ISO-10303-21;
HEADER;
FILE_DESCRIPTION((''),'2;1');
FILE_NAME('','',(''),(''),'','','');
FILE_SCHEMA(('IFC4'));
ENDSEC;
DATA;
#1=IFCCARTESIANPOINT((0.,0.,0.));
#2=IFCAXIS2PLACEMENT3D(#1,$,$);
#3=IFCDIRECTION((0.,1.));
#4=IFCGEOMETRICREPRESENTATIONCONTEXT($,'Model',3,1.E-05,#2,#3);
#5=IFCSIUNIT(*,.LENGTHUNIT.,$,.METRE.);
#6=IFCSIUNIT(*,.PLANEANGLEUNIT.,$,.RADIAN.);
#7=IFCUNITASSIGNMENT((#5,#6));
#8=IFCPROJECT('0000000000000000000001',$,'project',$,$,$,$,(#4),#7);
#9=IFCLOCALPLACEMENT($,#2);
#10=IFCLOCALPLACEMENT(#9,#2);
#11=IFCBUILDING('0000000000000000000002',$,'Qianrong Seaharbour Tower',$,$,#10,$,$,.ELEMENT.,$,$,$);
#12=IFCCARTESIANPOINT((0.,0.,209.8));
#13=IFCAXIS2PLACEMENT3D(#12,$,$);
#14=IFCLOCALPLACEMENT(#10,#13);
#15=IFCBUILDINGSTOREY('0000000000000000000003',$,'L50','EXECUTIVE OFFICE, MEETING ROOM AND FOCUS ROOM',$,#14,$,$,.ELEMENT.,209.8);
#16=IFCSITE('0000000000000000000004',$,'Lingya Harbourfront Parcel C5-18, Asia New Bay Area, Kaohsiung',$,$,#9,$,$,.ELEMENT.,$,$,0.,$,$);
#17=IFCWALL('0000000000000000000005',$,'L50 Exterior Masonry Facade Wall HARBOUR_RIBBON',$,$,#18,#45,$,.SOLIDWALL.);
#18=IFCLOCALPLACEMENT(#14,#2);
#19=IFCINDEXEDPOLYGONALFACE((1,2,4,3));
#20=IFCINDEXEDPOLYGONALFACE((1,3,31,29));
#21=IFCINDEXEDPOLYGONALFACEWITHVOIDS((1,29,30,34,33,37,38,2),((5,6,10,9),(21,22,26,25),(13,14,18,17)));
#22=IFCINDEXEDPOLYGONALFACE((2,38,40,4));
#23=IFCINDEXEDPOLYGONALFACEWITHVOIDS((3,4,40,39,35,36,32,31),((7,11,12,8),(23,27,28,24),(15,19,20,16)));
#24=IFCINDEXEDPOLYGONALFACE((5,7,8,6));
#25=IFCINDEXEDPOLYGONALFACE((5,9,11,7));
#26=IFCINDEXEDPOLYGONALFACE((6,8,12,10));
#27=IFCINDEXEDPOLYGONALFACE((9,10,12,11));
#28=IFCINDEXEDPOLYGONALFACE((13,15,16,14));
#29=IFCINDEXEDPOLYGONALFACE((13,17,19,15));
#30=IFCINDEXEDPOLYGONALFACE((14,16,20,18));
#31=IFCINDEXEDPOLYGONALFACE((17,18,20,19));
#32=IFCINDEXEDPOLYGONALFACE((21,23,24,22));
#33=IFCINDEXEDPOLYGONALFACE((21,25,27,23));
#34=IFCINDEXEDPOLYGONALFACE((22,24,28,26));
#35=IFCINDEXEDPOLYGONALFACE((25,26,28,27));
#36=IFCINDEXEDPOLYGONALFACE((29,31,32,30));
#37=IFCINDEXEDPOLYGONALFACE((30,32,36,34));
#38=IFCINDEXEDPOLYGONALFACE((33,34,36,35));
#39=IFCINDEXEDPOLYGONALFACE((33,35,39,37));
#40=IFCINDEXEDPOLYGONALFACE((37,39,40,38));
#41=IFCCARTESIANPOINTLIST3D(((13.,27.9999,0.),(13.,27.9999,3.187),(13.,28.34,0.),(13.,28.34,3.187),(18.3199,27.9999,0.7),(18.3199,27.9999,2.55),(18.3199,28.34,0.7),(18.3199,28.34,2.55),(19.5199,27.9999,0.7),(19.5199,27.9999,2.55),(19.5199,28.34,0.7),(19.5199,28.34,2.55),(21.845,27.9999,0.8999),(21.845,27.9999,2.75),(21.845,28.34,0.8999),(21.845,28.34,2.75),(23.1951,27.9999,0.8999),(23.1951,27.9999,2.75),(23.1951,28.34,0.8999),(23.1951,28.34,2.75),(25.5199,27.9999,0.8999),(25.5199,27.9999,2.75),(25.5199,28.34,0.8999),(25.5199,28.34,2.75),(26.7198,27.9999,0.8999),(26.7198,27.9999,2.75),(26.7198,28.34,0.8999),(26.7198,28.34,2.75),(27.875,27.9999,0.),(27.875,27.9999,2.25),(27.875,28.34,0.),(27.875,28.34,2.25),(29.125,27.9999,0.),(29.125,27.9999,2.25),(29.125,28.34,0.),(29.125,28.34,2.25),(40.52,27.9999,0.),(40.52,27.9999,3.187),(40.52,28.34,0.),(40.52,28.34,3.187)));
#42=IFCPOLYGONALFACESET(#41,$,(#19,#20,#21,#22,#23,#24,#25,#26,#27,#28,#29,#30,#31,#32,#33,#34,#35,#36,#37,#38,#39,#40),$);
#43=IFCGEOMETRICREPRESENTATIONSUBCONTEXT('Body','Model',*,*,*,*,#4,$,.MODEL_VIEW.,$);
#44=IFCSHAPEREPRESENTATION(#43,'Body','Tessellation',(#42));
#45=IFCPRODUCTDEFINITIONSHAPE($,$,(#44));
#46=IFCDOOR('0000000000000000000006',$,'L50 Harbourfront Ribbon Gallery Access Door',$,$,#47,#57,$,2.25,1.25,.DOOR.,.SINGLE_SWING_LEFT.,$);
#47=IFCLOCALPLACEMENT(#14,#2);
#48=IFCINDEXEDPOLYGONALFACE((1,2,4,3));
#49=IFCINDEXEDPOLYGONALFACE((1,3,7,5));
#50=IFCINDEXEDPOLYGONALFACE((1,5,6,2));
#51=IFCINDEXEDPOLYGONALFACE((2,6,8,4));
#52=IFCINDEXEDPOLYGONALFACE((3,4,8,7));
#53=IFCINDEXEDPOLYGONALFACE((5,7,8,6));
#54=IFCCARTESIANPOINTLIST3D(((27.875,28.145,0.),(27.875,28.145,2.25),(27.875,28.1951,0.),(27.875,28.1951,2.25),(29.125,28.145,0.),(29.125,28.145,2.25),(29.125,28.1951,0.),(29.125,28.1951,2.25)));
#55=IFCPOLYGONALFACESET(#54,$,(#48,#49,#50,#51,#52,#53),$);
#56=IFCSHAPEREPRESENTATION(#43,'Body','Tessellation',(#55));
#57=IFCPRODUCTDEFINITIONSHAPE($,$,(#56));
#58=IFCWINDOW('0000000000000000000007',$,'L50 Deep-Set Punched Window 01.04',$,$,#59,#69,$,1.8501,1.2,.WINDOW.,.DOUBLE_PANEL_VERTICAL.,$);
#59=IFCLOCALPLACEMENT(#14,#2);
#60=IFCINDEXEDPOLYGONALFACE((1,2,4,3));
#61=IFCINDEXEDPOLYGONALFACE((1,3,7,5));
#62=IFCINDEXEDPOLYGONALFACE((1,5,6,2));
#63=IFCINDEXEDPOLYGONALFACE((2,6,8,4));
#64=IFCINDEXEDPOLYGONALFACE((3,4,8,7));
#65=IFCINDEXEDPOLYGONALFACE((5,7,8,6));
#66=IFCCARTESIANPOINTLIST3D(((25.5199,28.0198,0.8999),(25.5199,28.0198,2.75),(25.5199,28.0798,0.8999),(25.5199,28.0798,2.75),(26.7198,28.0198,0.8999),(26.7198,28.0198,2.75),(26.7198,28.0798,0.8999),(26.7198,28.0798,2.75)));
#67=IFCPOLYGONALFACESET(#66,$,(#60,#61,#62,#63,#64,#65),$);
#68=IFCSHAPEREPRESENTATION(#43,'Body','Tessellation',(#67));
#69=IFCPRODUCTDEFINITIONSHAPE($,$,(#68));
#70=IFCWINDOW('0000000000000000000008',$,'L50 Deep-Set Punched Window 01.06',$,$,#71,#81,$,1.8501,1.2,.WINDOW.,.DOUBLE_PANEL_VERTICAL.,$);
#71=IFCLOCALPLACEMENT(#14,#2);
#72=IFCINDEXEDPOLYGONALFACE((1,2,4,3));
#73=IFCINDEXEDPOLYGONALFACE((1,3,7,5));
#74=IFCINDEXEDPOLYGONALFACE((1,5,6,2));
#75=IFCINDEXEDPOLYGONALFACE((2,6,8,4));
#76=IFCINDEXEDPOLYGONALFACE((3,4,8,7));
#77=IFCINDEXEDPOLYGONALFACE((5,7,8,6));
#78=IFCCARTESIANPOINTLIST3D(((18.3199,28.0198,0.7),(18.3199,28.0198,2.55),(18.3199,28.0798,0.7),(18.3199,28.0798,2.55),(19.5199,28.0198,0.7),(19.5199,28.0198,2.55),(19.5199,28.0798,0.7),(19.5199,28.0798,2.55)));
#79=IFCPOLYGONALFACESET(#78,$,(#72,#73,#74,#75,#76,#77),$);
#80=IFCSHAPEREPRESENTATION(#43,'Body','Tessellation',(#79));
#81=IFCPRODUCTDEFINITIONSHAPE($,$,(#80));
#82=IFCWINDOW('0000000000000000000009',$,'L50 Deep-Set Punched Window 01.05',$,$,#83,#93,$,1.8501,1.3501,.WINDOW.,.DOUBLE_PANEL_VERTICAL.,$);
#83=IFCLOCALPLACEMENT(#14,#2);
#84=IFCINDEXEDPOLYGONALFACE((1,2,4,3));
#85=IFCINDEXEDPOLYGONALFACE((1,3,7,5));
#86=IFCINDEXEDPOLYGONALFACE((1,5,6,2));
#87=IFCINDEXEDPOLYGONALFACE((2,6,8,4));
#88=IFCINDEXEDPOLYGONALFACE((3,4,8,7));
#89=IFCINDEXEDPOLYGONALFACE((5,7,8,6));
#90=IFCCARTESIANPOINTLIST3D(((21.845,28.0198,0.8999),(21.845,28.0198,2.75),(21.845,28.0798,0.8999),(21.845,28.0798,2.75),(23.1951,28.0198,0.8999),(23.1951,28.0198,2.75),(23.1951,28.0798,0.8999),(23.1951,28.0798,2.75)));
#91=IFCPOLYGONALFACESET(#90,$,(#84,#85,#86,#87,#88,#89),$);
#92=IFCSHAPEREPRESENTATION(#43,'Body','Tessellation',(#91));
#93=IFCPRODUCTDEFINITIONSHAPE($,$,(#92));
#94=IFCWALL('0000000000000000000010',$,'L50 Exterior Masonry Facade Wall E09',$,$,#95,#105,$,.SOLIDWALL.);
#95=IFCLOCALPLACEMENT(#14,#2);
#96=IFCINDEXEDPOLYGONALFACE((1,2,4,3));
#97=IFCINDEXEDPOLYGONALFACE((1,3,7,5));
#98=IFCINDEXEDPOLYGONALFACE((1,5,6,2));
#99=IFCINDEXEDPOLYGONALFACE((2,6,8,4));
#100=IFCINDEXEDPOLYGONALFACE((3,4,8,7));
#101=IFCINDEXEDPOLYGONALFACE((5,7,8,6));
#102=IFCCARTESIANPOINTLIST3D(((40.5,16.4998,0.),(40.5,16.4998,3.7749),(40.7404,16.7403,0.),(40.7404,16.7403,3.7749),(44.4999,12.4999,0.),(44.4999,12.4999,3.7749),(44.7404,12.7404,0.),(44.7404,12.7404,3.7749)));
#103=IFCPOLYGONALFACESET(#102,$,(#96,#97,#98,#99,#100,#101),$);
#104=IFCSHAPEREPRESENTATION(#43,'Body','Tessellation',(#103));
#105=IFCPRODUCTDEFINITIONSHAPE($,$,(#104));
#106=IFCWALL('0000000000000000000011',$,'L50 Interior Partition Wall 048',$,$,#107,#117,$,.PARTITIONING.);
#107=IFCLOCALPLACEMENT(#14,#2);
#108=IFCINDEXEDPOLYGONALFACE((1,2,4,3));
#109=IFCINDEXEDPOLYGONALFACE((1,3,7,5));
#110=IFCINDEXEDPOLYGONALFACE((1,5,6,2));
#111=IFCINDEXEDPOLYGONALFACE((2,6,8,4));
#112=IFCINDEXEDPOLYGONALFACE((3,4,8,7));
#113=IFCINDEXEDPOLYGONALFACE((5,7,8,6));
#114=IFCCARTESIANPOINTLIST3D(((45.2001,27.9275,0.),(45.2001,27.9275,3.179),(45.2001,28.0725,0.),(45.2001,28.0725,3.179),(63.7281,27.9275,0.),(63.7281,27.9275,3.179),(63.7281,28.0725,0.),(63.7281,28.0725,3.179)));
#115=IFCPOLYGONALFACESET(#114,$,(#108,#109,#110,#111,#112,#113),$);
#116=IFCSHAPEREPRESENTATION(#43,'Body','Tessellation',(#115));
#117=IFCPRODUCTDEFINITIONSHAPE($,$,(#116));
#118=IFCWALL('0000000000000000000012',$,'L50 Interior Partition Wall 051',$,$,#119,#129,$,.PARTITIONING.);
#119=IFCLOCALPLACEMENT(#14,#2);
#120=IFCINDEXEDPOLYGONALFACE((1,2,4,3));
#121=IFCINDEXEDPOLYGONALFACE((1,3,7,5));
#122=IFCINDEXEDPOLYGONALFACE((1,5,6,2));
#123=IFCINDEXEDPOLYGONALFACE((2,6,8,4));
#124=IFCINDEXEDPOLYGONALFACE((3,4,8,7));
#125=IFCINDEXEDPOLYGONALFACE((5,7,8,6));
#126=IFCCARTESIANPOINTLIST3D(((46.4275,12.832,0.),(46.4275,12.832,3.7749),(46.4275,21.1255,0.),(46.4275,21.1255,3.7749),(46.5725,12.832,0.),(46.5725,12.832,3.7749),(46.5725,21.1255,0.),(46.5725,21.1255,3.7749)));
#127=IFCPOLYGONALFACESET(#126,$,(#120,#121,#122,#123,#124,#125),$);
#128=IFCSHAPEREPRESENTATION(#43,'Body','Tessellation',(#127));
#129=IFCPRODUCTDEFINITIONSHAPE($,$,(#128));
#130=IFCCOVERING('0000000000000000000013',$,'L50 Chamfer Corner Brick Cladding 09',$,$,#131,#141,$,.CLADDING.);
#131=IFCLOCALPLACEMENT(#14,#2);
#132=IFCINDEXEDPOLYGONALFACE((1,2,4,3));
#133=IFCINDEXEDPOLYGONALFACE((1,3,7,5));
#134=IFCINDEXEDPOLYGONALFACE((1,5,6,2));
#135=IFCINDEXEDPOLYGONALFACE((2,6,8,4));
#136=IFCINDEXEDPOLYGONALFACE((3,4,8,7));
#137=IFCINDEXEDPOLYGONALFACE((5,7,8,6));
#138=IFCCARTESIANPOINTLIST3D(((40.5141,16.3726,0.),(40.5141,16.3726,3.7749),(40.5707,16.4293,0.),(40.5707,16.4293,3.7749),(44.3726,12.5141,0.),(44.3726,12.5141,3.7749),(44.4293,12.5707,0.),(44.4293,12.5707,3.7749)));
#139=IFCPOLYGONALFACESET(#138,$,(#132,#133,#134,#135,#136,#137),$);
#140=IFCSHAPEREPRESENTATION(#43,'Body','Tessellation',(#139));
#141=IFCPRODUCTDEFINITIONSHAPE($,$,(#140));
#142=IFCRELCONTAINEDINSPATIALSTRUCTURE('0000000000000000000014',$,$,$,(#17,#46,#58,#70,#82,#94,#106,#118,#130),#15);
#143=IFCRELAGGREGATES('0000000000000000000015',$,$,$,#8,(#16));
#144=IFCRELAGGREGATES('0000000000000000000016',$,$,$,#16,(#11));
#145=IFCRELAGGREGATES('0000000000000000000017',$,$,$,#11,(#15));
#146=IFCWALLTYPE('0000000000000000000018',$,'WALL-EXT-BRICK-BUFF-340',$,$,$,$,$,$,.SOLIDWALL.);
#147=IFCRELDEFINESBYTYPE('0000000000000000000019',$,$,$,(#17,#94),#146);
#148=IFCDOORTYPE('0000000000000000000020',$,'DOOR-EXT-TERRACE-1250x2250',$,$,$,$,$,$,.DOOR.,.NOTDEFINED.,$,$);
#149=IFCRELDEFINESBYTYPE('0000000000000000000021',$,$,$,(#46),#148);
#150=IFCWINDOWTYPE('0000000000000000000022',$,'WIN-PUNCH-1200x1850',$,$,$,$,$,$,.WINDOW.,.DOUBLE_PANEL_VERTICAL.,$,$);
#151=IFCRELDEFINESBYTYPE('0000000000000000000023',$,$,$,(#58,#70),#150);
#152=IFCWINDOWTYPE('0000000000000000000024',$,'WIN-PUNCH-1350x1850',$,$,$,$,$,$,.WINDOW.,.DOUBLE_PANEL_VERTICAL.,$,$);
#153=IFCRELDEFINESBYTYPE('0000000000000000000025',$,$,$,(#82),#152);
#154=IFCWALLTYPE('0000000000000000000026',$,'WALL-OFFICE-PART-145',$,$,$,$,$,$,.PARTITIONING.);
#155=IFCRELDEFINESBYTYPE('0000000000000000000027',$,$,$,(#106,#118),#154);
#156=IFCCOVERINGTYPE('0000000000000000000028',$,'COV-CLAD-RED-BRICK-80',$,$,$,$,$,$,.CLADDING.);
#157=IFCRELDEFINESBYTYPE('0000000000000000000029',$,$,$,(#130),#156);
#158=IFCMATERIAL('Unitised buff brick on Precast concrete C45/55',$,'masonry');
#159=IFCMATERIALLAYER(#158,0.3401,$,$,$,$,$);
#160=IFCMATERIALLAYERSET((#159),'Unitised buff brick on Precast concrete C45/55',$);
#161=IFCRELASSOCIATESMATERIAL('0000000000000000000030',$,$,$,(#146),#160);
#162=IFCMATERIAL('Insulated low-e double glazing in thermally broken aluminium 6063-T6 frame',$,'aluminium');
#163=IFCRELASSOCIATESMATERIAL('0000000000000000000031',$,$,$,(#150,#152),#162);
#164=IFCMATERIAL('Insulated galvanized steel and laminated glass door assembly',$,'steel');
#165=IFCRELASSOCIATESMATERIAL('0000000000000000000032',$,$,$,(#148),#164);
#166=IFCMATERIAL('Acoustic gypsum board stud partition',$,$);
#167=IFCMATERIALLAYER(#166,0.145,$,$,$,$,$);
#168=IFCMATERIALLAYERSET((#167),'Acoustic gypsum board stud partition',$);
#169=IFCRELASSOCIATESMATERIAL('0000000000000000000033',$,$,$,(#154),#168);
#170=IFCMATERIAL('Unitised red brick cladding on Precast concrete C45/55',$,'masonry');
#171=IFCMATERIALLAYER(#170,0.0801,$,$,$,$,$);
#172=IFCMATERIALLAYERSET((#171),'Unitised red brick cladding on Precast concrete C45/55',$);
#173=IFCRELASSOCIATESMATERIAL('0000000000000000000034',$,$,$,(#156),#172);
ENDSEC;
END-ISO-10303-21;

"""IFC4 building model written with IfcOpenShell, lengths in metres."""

from ifc_helpers import new_model, si_unit, direction, frame, frame_2d, origin, origin_2d, place, context, subcontext, project, spatial, rectangle, extrude, material, layer, layer_set, type_object, element, fill, save


model = new_model("IFC4")

# Units and contexts
model_context = context("Model", 3, precision=1e-05, world=origin(), true_north=direction((0.0, 1.0)))
body_context = subcontext(model_context, "Body", "Model", "MODEL_VIEW")
ifc_project = project(units=[si_unit("LENGTHUNIT", "METRE"), si_unit("PLANEANGLEUNIT", "RADIAN")], contexts=[model_context])

# Site, building, storey
site_placement = place(None, origin())
site = spatial("IfcSite", under=ifc_project, at=site_placement, Name="Lingya Harbourfront Parcel C5-18, Asia New Bay Area, Kaohsiung", CompositionType="ELEMENT", RefElevation=0.0)
building_placement = place(site_placement, origin())
building = spatial("IfcBuilding", under=site, at=building_placement, Name="Qianrong Seaharbour Tower", CompositionType="ELEMENT")
storey_placement = place(building_placement, frame((0.0, 0.0, 209.8)))
storey = spatial("IfcBuildingStorey", under=building, at=storey_placement, Name="L50", Description="EXECUTIVE OFFICE, MEETING ROOM AND FOCUS ROOM", CompositionType="ELEMENT", Elevation=209.8)

# Shared definitions
ifc_material_1 = material(Name="Unitised buff brick on Precast concrete C45/55", Category="masonry")
ifc_layer_1 = layer(ifc_material_1, 0.3401)
ifc_layer_set_1 = layer_set([ifc_layer_1], Name="Unitised buff brick on Precast concrete C45/55")
wall_type_1 = type_object("IfcWallType", Name="WALL-EXT-BRICK-BUFF-340", PredefinedType="SOLIDWALL", material=ifc_layer_set_1)
ifc_material_2 = material(Name="Insulated low-e double glazing in thermally broken aluminium 6063-T6 frame", Category="aluminium")
window_type_1 = type_object("IfcWindowType", Name="WIN-PUNCH-1200x1850", PartitioningType="DOUBLE_PANEL_VERTICAL", PredefinedType="WINDOW", material=ifc_material_2)

# Wall, openings, door, windows
wall_1_placement = place(storey_placement, frame((40.52, 28.1699, 0.0), z_axis=(0.0, 0.0, 1.0), x_axis=(-1.0, 0.0, 0.0)))
wall_1 = element("IfcWall", 1, at=wall_1_placement, inside=storey, type_object=wall_type_1, Name="L50 Exterior Masonry Facade Wall HARBOUR_RIBBON", PredefinedType="SOLIDWALL", context=body_context, shape_type="SweptSolid", body=[
    extrude(rectangle(XDim=27.52, YDim=0.3401, at=frame_2d((13.76, 0.0))), origin(), (0.0, 0.0, 1.0), 3.187),
])
opening_1_placement = place(wall_1_placement, frame((13.8, 0.0, 0.8999)))
opening_1 = element("IfcOpeningElement", 2, at=opening_1_placement, cuts=wall_1, PredefinedType="OPENING", context=body_context, shape_type="SweptSolid", body=[
    extrude(rectangle(XDim=1.2, YDim=1.8501, at=frame_2d((0.6001, 0.925))), frame((0.0, 0.1802, 0.0), z_axis=(0.0, -1.0, 0.0), x_axis=(1.0, 0.0, 0.0)), (0.0, 0.0, 1.0), 0.3601),
])
opening_2_placement = place(wall_1_placement, frame((17.325, 0.0, 0.8999)))
opening_2 = element("IfcOpeningElement", 3, at=opening_2_placement, cuts=wall_1, PredefinedType="OPENING", context=body_context, shape_type="SweptSolid", body=[
    extrude(rectangle(XDim=1.3501, YDim=1.8501, at=frame_2d((0.675, 0.925))), frame((0.0, 0.1802, 0.0), z_axis=(0.0, -1.0, 0.0), x_axis=(1.0, 0.0, 0.0)), (0.0, 0.0, 1.0), 0.3601),
])
opening_3_placement = place(wall_1_placement, frame((21.0, 0.0, 0.7)))
opening_3 = element("IfcOpeningElement", 4, at=opening_3_placement, cuts=wall_1, PredefinedType="OPENING", context=body_context, shape_type="SweptSolid", body=[
    extrude(rectangle(XDim=1.2, YDim=1.8501, at=frame_2d((0.6001, 0.925))), frame((0.0, 0.1802, 0.0), z_axis=(0.0, -1.0, 0.0), x_axis=(1.0, 0.0, 0.0)), (0.0, 0.0, 1.0), 0.3601),
])
opening_4_placement = place(wall_1_placement, frame((11.395, 0.0, 0.0)))
opening_4 = element("IfcOpeningElement", 5, at=opening_4_placement, cuts=wall_1, PredefinedType="OPENING", context=body_context, shape_type="SweptSolid", body=[
    extrude(rectangle(XDim=1.25, YDim=2.25, at=frame_2d((0.625, 1.125))), frame((0.0, 0.1802, 0.0), z_axis=(0.0, -1.0, 0.0), x_axis=(1.0, 0.0, 0.0)), (0.0, 0.0, 1.0), 0.3601),
])
ifc_material_3 = material(Name="Insulated galvanized steel and laminated glass door assembly", Category="steel")
door_type_1 = type_object("IfcDoorType", Name="DOOR-EXT-TERRACE-1250x2250", OperationType="NOTDEFINED", PredefinedType="DOOR", material=ifc_material_3)
door_1_placement = place(opening_4_placement, origin())
door_1 = element("IfcDoor", 6, at=door_1_placement, inside=storey, type_object=door_type_1, Name="L50 Harbourfront Ribbon Gallery Access Door", OperationType="SINGLE_SWING_LEFT", OverallHeight=2.25, OverallWidth=1.25, PredefinedType="DOOR", context=body_context, shape_type="SweptSolid", body=[
    extrude(rectangle(XDim=1.25, YDim=2.25, at=frame_2d((0.625, 1.125))), frame((0.0, 0.0249, 0.0), z_axis=(0.0, -1.0, 0.0), x_axis=(1.0, 0.0, 0.0)), (0.0, 0.0, 1.0), 0.05),
])
fill(opening_4, door_1)
window_1_placement = place(opening_1_placement, origin())
window_1 = element("IfcWindow", 7, at=window_1_placement, inside=storey, type_object=window_type_1, Name="L50 Deep-Set Punched Window 01.04", OverallHeight=1.8501, OverallWidth=1.2, PartitioningType="DOUBLE_PANEL_VERTICAL", PredefinedType="WINDOW", context=body_context, shape_type="SweptSolid", body=[
    extrude(rectangle(XDim=1.2, YDim=1.8501, at=frame_2d((0.6001, 0.925))), frame((0.0, 0.1501, 0.0), z_axis=(0.0, -1.0, 0.0), x_axis=(1.0, 0.0, 0.0)), (0.0, 0.0, 1.0), 0.0601),
])
fill(opening_1, window_1)
window_2_placement = place(opening_3_placement, origin())
window_2 = element("IfcWindow", 8, at=window_2_placement, inside=storey, type_object=window_type_1, Name="L50 Deep-Set Punched Window 01.06", OverallHeight=1.8501, OverallWidth=1.2, PartitioningType="DOUBLE_PANEL_VERTICAL", PredefinedType="WINDOW", context=body_context, shape_type="SweptSolid", body=[
    extrude(rectangle(XDim=1.2, YDim=1.8501, at=frame_2d((0.6001, 0.925))), frame((0.0, 0.1501, 0.0), z_axis=(0.0, -1.0, 0.0), x_axis=(1.0, 0.0, 0.0)), (0.0, 0.0, 1.0), 0.0601),
])
fill(opening_3, window_2)
window_type_2 = type_object("IfcWindowType", Name="WIN-PUNCH-1350x1850", PartitioningType="DOUBLE_PANEL_VERTICAL", PredefinedType="WINDOW", material=ifc_material_2)
window_3_placement = place(opening_2_placement, origin())
window_3 = element("IfcWindow", 9, at=window_3_placement, inside=storey, type_object=window_type_2, Name="L50 Deep-Set Punched Window 01.05", OverallHeight=1.8501, OverallWidth=1.3501, PartitioningType="DOUBLE_PANEL_VERTICAL", PredefinedType="WINDOW", context=body_context, shape_type="SweptSolid", body=[
    extrude(rectangle(XDim=1.3501, YDim=1.8501, at=frame_2d((0.675, 0.925))), frame((0.0, 0.1501, 0.0), z_axis=(0.0, -1.0, 0.0), x_axis=(1.0, 0.0, 0.0)), (0.0, 0.0, 1.0), 0.0601),
])
fill(opening_2, window_3)

# Walls
wall_2_placement = place(storey_placement, frame((44.6201, 12.6201, 0.0), z_axis=(0.0, 0.0, 1.0), x_axis=(-0.707107, 0.707107, 0.0)))
element("IfcWall", 10, at=wall_2_placement, inside=storey, type_object=wall_type_1, Name="L50 Exterior Masonry Facade Wall E09", PredefinedType="SOLIDWALL", context=body_context, shape_type="SweptSolid", body=[
    extrude(rectangle(XDim=5.6567, YDim=0.3401, at=frame_2d((2.8284, 0.0))), origin(), (0.0, 0.0, 1.0), 3.7749),
])
ifc_material_4 = material(Name="Acoustic gypsum board stud partition")
ifc_layer_2 = layer(ifc_material_4, 0.145)
ifc_layer_set_2 = layer_set([ifc_layer_2], Name="Acoustic gypsum board stud partition")
wall_type_2 = type_object("IfcWallType", Name="WALL-OFFICE-PART-145", PredefinedType="PARTITIONING", material=ifc_layer_set_2)
wall_3_placement = place(storey_placement, frame((45.2, 28.0, 0.0), z_axis=(0.0, 0.0, 1.0), x_axis=(1.0, 0.0, 0.0)))
element("IfcWall", 11, at=wall_3_placement, inside=storey, type_object=wall_type_2, Name="L50 Interior Partition Wall 048", PredefinedType="PARTITIONING", context=body_context, shape_type="SweptSolid", body=[
    extrude(rectangle(XDim=18.5281, YDim=0.145, at=frame_2d((9.2642, 0.0))), origin(), (0.0, 0.0, 1.0), 3.179),
])
wall_4_placement = place(storey_placement, frame((46.5, 21.1255, 0.0), z_axis=(0.0, 0.0, 1.0), x_axis=(0.0, -1.0, 0.0)))
element("IfcWall", 12, at=wall_4_placement, inside=storey, type_object=wall_type_2, Name="L50 Interior Partition Wall 051", PredefinedType="PARTITIONING", context=body_context, shape_type="SweptSolid", body=[
    extrude(rectangle(XDim=8.2935, YDim=0.145, at=frame_2d((4.1467, 0.0))), origin(), (0.0, 0.0, 1.0), 3.7749),
])

# Covering
ifc_material_5 = material(Name="Unitised red brick cladding on Precast concrete C45/55", Category="masonry")
ifc_layer_3 = layer(ifc_material_5, 0.0801)
ifc_layer_set_3 = layer_set([ifc_layer_3], Name="Unitised red brick cladding on Precast concrete C45/55")
covering_type = type_object("IfcCoveringType", Name="COV-CLAD-RED-BRICK-80", PredefinedType="CLADDING", material=ifc_layer_set_3)
covering_placement = place(storey_placement, frame((42.4717, 14.4717, 0.0), z_axis=(0.0, 0.0, 1.0), x_axis=(-0.707107, 0.707107, 0.0)))
element("IfcCovering", 13, at=covering_placement, inside=storey, type_object=covering_type, Name="L50 Chamfer Corner Brick Cladding 09", PredefinedType="CLADDING", context=body_context, shape_type="SweptSolid", body=[
    extrude(rectangle(XDim=5.4568, YDim=0.0801, at=origin_2d()), origin(), (0.0, 0.0, 1.0), 3.7749),
])

save(model, "model.ifc")
